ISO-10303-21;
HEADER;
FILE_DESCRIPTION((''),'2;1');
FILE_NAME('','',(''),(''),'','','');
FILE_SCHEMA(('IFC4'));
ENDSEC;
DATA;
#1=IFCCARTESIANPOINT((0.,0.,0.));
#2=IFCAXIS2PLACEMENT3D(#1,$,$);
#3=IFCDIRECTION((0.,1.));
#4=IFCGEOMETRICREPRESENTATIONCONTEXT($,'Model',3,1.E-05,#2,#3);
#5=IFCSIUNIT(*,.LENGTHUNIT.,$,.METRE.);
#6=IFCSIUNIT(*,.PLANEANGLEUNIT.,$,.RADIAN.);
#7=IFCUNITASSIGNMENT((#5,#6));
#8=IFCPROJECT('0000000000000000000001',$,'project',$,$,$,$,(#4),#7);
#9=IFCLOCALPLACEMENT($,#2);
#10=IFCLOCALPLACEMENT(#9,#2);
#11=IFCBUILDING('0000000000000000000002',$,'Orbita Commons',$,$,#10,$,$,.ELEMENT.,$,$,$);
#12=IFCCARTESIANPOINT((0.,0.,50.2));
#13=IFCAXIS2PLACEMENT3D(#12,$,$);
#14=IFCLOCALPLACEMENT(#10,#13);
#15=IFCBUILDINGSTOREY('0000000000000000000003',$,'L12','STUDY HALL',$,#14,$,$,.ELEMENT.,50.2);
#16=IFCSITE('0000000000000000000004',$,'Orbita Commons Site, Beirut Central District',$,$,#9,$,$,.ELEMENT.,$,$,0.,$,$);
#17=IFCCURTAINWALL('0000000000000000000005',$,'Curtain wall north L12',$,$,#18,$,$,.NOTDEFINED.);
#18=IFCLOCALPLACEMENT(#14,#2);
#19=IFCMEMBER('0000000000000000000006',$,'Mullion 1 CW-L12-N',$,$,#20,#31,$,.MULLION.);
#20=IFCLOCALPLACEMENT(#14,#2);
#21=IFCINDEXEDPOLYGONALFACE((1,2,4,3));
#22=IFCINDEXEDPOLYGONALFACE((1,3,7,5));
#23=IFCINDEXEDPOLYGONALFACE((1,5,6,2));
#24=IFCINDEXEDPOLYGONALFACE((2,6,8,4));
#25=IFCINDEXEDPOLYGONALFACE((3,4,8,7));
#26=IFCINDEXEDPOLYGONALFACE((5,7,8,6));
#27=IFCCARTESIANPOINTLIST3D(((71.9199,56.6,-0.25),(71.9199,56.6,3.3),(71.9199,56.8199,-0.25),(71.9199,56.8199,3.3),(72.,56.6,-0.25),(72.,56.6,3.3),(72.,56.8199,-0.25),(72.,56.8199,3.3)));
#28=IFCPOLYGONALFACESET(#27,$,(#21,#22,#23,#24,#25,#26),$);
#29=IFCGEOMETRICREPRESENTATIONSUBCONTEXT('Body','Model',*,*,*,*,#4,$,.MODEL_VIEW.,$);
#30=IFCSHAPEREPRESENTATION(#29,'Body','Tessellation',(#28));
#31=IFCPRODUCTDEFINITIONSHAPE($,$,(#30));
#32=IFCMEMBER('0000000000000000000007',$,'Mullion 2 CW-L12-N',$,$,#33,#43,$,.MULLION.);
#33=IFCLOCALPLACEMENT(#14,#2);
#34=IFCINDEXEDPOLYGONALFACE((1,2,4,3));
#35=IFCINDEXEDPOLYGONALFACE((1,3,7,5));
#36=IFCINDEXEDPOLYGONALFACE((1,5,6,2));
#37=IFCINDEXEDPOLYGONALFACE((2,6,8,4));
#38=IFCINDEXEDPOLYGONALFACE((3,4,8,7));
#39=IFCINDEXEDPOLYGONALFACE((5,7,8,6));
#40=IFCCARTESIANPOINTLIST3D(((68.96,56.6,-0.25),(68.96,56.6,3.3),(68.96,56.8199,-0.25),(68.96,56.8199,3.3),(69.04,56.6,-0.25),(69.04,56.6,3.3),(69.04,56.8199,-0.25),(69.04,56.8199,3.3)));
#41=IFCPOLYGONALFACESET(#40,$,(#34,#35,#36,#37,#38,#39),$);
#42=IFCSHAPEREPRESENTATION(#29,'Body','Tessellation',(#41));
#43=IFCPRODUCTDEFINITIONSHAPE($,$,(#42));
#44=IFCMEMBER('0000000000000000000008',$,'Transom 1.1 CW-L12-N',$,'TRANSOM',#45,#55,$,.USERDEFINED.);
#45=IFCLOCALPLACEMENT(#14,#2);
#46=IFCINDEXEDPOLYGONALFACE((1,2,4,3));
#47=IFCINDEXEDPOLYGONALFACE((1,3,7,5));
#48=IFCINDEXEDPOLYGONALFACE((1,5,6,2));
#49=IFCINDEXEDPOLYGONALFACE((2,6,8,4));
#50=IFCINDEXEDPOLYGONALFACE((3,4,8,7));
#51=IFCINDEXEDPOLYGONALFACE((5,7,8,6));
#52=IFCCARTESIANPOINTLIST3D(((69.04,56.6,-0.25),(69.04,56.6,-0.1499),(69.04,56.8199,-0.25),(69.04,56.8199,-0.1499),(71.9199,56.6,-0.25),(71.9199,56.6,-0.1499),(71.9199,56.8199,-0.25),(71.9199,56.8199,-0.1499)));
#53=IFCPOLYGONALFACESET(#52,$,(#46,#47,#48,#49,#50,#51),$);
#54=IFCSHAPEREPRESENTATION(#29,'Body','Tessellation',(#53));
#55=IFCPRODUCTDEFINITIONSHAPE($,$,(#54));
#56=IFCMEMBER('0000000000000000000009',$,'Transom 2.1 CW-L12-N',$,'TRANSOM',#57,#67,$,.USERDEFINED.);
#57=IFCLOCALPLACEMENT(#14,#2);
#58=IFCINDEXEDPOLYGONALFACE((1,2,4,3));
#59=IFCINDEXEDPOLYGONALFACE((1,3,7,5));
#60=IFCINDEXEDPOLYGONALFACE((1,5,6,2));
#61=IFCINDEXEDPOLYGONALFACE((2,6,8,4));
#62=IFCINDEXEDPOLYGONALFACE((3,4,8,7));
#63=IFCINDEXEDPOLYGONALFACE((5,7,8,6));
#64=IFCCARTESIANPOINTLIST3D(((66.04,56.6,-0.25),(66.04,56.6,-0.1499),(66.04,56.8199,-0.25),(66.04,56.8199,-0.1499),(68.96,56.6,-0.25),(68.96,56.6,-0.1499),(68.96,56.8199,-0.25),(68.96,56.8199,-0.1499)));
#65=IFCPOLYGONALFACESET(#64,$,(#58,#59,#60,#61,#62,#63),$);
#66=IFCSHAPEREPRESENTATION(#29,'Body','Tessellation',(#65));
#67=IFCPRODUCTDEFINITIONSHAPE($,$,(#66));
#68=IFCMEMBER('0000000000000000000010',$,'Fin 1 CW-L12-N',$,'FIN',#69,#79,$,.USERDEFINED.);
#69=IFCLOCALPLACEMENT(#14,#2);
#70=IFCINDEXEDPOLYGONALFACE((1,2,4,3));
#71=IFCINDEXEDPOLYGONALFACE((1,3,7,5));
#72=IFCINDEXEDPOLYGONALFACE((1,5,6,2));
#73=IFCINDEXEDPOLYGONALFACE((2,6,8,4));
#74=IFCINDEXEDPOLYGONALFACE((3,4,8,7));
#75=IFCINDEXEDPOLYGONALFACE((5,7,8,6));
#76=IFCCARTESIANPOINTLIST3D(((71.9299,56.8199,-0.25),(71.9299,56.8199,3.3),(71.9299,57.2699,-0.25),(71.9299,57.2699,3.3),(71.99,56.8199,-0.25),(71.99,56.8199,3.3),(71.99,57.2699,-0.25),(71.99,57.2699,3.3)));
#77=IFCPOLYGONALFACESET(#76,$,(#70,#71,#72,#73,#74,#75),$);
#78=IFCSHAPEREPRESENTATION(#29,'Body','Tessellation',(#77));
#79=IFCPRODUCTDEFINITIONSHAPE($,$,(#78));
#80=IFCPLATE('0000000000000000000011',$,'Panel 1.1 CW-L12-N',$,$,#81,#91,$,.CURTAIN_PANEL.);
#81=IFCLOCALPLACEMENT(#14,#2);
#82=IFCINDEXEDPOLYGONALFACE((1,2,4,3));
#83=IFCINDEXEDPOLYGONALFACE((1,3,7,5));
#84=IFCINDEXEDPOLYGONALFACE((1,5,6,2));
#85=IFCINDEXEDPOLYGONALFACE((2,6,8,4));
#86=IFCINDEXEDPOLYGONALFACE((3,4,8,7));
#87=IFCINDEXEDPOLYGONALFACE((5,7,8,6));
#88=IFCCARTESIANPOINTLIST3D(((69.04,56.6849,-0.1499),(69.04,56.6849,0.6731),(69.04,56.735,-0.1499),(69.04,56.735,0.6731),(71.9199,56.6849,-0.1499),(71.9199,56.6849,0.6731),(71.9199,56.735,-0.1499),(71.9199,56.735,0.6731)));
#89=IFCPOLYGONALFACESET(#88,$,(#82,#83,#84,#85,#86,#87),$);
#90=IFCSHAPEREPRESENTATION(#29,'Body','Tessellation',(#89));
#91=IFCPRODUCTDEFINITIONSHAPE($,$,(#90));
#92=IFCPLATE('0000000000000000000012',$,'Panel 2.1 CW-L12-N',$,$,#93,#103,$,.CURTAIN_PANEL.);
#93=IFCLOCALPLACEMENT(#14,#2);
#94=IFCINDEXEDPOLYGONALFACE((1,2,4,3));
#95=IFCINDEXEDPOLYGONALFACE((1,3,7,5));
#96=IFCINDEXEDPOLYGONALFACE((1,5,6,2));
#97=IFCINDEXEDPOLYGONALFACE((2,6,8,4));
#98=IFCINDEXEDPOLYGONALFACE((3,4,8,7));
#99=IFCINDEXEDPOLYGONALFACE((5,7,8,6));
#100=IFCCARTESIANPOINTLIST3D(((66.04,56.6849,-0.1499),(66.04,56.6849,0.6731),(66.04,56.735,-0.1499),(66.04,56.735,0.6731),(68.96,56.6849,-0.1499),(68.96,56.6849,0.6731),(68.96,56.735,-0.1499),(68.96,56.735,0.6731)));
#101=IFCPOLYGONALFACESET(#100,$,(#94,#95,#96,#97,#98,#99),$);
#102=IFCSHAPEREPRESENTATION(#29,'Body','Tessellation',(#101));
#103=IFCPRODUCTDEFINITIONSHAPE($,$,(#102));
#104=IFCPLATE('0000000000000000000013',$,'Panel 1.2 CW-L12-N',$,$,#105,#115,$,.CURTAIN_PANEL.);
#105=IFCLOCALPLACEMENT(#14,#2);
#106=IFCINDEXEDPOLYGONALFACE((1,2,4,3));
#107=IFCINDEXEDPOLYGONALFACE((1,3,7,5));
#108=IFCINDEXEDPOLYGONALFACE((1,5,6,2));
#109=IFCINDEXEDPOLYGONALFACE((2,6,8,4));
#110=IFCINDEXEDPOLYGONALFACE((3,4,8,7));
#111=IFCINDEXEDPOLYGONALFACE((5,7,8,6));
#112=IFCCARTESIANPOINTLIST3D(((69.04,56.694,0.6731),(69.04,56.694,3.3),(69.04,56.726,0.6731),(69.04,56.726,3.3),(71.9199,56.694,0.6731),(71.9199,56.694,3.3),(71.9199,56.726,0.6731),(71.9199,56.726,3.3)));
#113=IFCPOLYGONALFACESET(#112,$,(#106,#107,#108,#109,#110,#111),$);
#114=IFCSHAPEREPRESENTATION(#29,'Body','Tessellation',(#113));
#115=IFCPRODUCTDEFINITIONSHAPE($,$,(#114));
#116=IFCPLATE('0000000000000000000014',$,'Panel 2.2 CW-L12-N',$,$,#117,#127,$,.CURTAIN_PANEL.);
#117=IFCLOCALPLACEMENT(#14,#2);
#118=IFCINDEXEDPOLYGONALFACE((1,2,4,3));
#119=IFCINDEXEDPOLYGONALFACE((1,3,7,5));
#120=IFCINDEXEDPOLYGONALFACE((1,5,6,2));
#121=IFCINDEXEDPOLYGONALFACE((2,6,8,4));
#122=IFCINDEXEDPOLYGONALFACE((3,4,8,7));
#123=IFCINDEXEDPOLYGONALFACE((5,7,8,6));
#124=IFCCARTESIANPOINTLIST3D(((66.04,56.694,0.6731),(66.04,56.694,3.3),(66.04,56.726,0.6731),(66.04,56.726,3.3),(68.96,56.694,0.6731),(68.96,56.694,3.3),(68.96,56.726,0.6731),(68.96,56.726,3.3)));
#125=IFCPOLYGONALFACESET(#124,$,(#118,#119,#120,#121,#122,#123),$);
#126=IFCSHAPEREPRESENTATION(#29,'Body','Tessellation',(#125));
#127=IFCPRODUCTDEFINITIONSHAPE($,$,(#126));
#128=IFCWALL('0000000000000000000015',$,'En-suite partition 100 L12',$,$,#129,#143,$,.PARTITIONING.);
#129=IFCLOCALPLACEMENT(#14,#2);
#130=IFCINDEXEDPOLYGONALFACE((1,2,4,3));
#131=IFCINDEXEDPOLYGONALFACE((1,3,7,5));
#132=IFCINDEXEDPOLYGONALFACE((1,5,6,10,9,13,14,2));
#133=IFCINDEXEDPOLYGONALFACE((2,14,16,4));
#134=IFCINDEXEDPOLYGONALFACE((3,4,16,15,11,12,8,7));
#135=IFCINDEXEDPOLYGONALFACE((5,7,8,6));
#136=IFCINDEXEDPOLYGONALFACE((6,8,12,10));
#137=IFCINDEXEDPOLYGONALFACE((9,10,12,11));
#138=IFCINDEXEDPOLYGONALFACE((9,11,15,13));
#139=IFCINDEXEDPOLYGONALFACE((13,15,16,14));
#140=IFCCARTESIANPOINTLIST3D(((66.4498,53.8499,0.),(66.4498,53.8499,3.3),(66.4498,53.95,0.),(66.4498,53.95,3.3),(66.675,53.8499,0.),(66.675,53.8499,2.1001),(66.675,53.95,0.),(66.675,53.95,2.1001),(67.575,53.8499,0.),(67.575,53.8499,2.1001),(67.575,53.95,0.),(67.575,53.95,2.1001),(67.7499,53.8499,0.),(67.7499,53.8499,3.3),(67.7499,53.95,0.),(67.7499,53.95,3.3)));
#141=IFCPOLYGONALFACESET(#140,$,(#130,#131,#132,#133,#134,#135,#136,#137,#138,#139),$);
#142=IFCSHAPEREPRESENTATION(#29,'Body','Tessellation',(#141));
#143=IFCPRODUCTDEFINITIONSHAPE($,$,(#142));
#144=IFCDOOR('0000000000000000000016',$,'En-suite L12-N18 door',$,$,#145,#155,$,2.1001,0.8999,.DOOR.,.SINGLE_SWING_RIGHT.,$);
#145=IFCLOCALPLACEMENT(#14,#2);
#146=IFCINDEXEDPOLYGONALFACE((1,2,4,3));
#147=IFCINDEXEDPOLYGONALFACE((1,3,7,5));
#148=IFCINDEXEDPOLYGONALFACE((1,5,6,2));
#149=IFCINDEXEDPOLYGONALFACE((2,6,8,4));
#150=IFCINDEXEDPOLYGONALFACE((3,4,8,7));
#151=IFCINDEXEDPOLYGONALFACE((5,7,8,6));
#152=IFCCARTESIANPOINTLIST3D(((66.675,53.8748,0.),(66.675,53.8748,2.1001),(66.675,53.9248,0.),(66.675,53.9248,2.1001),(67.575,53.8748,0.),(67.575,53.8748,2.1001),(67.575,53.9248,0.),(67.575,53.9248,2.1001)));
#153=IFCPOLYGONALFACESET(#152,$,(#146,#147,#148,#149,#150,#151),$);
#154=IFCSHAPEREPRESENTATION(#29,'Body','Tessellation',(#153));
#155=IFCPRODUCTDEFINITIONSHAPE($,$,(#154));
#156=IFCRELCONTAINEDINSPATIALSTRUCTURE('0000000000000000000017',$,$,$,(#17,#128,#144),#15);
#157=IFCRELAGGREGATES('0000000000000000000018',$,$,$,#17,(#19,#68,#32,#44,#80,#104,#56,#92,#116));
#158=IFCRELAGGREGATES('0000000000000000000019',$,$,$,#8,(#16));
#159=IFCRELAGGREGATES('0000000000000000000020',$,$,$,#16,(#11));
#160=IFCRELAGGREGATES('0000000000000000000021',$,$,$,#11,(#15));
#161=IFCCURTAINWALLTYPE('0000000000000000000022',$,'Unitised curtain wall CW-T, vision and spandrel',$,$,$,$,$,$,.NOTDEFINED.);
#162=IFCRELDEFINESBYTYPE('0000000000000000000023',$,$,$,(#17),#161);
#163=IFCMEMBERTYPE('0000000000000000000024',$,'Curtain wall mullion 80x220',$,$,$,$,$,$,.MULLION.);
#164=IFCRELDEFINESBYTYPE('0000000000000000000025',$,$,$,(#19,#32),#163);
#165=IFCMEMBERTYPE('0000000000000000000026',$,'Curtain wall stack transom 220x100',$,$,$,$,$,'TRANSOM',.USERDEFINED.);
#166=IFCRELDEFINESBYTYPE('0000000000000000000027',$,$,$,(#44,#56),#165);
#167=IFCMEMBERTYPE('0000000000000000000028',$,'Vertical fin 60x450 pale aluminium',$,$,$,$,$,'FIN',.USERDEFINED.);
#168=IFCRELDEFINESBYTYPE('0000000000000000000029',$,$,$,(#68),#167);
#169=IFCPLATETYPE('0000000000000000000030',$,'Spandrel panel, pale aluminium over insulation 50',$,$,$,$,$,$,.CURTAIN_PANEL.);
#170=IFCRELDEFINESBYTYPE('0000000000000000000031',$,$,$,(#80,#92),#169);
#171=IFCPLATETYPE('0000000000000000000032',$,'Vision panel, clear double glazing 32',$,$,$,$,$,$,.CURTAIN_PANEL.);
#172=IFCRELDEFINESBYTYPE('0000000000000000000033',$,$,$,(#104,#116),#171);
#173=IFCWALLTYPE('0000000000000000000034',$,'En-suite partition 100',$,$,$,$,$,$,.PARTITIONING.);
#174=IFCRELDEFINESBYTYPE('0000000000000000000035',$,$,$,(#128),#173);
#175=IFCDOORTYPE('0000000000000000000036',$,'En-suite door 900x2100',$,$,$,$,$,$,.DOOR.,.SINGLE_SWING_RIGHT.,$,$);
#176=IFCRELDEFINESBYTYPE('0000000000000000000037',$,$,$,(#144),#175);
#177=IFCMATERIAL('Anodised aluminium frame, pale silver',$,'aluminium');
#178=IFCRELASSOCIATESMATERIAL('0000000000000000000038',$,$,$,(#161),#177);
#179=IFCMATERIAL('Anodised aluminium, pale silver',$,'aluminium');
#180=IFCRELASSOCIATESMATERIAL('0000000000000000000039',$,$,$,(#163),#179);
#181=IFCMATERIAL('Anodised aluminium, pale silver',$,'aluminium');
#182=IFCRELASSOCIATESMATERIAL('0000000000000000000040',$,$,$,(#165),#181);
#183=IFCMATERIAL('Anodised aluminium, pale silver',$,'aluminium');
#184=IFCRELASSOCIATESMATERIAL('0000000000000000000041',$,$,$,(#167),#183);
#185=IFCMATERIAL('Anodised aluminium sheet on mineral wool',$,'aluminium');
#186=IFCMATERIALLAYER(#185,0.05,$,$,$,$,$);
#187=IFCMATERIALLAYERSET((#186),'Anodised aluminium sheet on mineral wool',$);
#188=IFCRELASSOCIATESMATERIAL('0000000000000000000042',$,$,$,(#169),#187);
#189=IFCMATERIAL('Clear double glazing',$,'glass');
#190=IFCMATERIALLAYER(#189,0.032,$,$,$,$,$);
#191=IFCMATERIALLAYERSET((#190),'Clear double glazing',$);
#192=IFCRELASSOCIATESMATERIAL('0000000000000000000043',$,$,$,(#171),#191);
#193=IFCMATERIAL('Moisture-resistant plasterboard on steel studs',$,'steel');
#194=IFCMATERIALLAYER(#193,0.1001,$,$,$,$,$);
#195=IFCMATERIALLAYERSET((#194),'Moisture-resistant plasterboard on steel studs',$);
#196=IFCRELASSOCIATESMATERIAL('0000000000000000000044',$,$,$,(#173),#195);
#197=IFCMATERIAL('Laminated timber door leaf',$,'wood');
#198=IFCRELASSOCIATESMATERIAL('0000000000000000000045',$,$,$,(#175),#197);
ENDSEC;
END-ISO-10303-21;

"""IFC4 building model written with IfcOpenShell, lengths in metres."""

from ifc_helpers import new_model, si_unit, direction, frame, frame_2d, origin, origin_2d, place, context, subcontext, project, spatial, rectangle, extrude, material, layer, layer_set, material_profile, profile_set, type_object, element, fill, aggregate, save


model = new_model("IFC4")

# Units and contexts
model_context = context("Model", 3, precision=1e-05, world=origin(), true_north=direction((0.0, 1.0)))
body_context = subcontext(model_context, "Body", "Model", "MODEL_VIEW")
ifc_project = project(units=[si_unit("LENGTHUNIT", "METRE"), si_unit("PLANEANGLEUNIT", "RADIAN")], contexts=[model_context])

# Site, building, storey
site_placement = place(None, origin())
site = spatial("IfcSite", under=ifc_project, at=site_placement, Name="Orbita Commons Site, Beirut Central District", CompositionType="ELEMENT", RefElevation=0.0)
building_placement = place(site_placement, origin())
building = spatial("IfcBuilding", under=site, at=building_placement, Name="Orbita Commons", CompositionType="ELEMENT")
storey_placement = place(building_placement, frame((0.0, 0.0, 50.2)))
storey = spatial("IfcBuildingStorey", under=building, at=storey_placement, Name="L12", Description="STUDY HALL", CompositionType="ELEMENT", Elevation=50.2)

# Curtain wall, members, plates
ifc_material_1 = material(Name="Anodised aluminium frame, pale silver", Category="aluminium")
curtain_wall_type = type_object("IfcCurtainWallType", Name="Unitised curtain wall CW-T, vision and spandrel", PredefinedType="NOTDEFINED", material=ifc_material_1)
curtain_wall_placement = place(storey_placement, origin())
curtain_wall = element("IfcCurtainWall", 1, at=curtain_wall_placement, inside=storey, type_object=curtain_wall_type, Name="Curtain wall north L12", PredefinedType="NOTDEFINED")
ifc_material_2 = material(Name="Anodised aluminium, pale silver", Category="aluminium")
ifc_material_profile_1 = material_profile(ifc_material_2, rectangle(XDim=0.0801, YDim=0.22, at=origin_2d()), Name="AL 80x220")
ifc_profile_set_1 = profile_set([ifc_material_profile_1], Name="Anodised aluminium, pale silver")
member_type_1 = type_object("IfcMemberType", Name="Curtain wall mullion 80x220", PredefinedType="MULLION", material=ifc_profile_set_1)
member_1_placement = place(storey_placement, frame((71.96, 56.71, -0.25), z_axis=(0.0, 0.0, 1.0), x_axis=(-1.0, 0.0, 0.0)))
member_1 = element("IfcMember", 2, at=member_1_placement, type_object=member_type_1, Name="Mullion 1 CW-L12-N", PredefinedType="MULLION", context=body_context, shape_type="SweptSolid", body=[
    extrude(rectangle(XDim=0.0801, YDim=0.22, at=origin_2d()), origin(), (0.0, 0.0, 1.0), 3.55),
])
member_2_placement = place(storey_placement, frame((69.0, 56.71, -0.25), z_axis=(0.0, 0.0, 1.0), x_axis=(-1.0, 0.0, 0.0)))
member_2 = element("IfcMember", 3, at=member_2_placement, type_object=member_type_1, Name="Mullion 2 CW-L12-N", PredefinedType="MULLION", context=body_context, shape_type="SweptSolid", body=[
    extrude(rectangle(XDim=0.0801, YDim=0.22, at=origin_2d()), origin(), (0.0, 0.0, 1.0), 3.55),
])
ifc_material_3 = material(Name="Anodised aluminium, pale silver", Category="aluminium")
ifc_material_profile_2 = material_profile(ifc_material_3, rectangle(XDim=0.22, YDim=0.1001, at=origin_2d()), Name="AL 220x100")
ifc_profile_set_2 = profile_set([ifc_material_profile_2], Name="Anodised aluminium, pale silver")
member_type_2 = type_object("IfcMemberType", Name="Curtain wall stack transom 220x100", ElementType="TRANSOM", PredefinedType="USERDEFINED", material=ifc_profile_set_2)
member_3_placement = place(storey_placement, frame((71.9199, 56.71, -0.2), z_axis=(-1.0, 0.0, 0.0), x_axis=(0.0, -1.0, 0.0)))
member_3 = element("IfcMember", 4, at=member_3_placement, type_object=member_type_2, Name="Transom 1.1 CW-L12-N", ObjectType="TRANSOM", PredefinedType="USERDEFINED", context=body_context, shape_type="SweptSolid", body=[
    extrude(rectangle(XDim=0.22, YDim=0.1001, at=origin_2d()), origin(), (0.0, 0.0, 1.0), 2.8799),
])
member_4_placement = place(storey_placement, frame((68.96, 56.71, -0.2), z_axis=(-1.0, 0.0, 0.0), x_axis=(0.0, -1.0, 0.0)))
member_4 = element("IfcMember", 5, at=member_4_placement, type_object=member_type_2, Name="Transom 2.1 CW-L12-N", ObjectType="TRANSOM", PredefinedType="USERDEFINED", context=body_context, shape_type="SweptSolid", body=[
    extrude(rectangle(XDim=0.22, YDim=0.1001, at=origin_2d()), origin(), (0.0, 0.0, 1.0), 2.9199),
])
ifc_material_4 = material(Name="Anodised aluminium, pale silver", Category="aluminium")
ifc_material_profile_3 = material_profile(ifc_material_4, rectangle(XDim=0.0601, YDim=0.45, at=origin_2d()), Name="FIN 60x450")
ifc_profile_set_3 = profile_set([ifc_material_profile_3], Name="Anodised aluminium, pale silver")
member_type_3 = type_object("IfcMemberType", Name="Vertical fin 60x450 pale aluminium", ElementType="FIN", PredefinedType="USERDEFINED", material=ifc_profile_set_3)
member_5_placement = place(storey_placement, frame((71.96, 57.0449, -0.25), z_axis=(0.0, 0.0, 1.0), x_axis=(-1.0, 0.0, 0.0)))
member_5 = element("IfcMember", 6, at=member_5_placement, type_object=member_type_3, Name="Fin 1 CW-L12-N", ObjectType="FIN", PredefinedType="USERDEFINED", context=body_context, shape_type="SweptSolid", body=[
    extrude(rectangle(XDim=0.0601, YDim=0.45, at=origin_2d()), origin(), (0.0, 0.0, 1.0), 3.55),
])
ifc_material_5 = material(Name="Anodised aluminium sheet on mineral wool", Category="aluminium")
ifc_layer_1 = layer(ifc_material_5, 0.05)
ifc_layer_set_1 = layer_set([ifc_layer_1], Name="Anodised aluminium sheet on mineral wool")
plate_type_1 = type_object("IfcPlateType", Name="Spandrel panel, pale aluminium over insulation 50", PredefinedType="CURTAIN_PANEL", material=ifc_layer_set_1)
plate_1_placement = place(storey_placement, frame((70.48, 56.71, -0.1499), z_axis=(0.0, 0.0, 1.0), x_axis=(-1.0, 0.0, 0.0)))
plate_1 = element("IfcPlate", 7, at=plate_1_placement, type_object=plate_type_1, Name="Panel 1.1 CW-L12-N", PredefinedType="CURTAIN_PANEL", context=body_context, shape_type="SweptSolid", body=[
    extrude(rectangle(XDim=2.8799, YDim=0.05, at=origin_2d()), origin(), (0.0, 0.0, 1.0), 0.823),
])
plate_2_placement = place(storey_placement, frame((67.5, 56.71, -0.1499), z_axis=(0.0, 0.0, 1.0), x_axis=(-1.0, 0.0, 0.0)))
plate_2 = element("IfcPlate", 8, at=plate_2_placement, type_object=plate_type_1, Name="Panel 2.1 CW-L12-N", PredefinedType="CURTAIN_PANEL", context=body_context, shape_type="SweptSolid", body=[
    extrude(rectangle(XDim=2.9199, YDim=0.05, at=origin_2d()), origin(), (0.0, 0.0, 1.0), 0.823),
])
ifc_material_6 = material(Name="Clear double glazing", Category="glass")
ifc_layer_2 = layer(ifc_material_6, 0.032)
ifc_layer_set_2 = layer_set([ifc_layer_2], Name="Clear double glazing")
plate_type_2 = type_object("IfcPlateType", Name="Vision panel, clear double glazing 32", PredefinedType="CURTAIN_PANEL", material=ifc_layer_set_2)
plate_3_placement = place(storey_placement, frame((70.48, 56.71, 0.6731), z_axis=(0.0, 0.0, 1.0), x_axis=(-1.0, 0.0, 0.0)))
plate_3 = element("IfcPlate", 9, at=plate_3_placement, type_object=plate_type_2, Name="Panel 1.2 CW-L12-N", PredefinedType="CURTAIN_PANEL", context=body_context, shape_type="SweptSolid", body=[
    extrude(rectangle(XDim=2.8799, YDim=0.032, at=origin_2d()), origin(), (0.0, 0.0, 1.0), 2.627),
])
plate_4_placement = place(storey_placement, frame((67.5, 56.71, 0.6731), z_axis=(0.0, 0.0, 1.0), x_axis=(-1.0, 0.0, 0.0)))
plate_4 = element("IfcPlate", 10, at=plate_4_placement, type_object=plate_type_2, Name="Panel 2.2 CW-L12-N", PredefinedType="CURTAIN_PANEL", context=body_context, shape_type="SweptSolid", body=[
    extrude(rectangle(XDim=2.9199, YDim=0.032, at=origin_2d()), origin(), (0.0, 0.0, 1.0), 2.627),
])
aggregate(curtain_wall, [member_1, member_5, member_2, member_3, plate_1, plate_3, member_4, plate_2, plate_4])

# Wall, opening, door
ifc_material_7 = material(Name="Moisture-resistant plasterboard on steel studs", Category="steel")
ifc_layer_3 = layer(ifc_material_7, 0.1001)
ifc_layer_set_3 = layer_set([ifc_layer_3], Name="Moisture-resistant plasterboard on steel studs")
wall_type_1 = type_object("IfcWallType", Name="En-suite partition 100", PredefinedType="PARTITIONING", material=ifc_layer_set_3)
wall_1_placement = place(storey_placement, frame((66.45, 53.8999, 0.0), z_axis=(0.0, 0.0, 1.0), x_axis=(1.0, 0.0, 0.0)))
wall_1 = element("IfcWall", 11, at=wall_1_placement, inside=storey, type_object=wall_type_1, Name="En-suite partition 100 L12", PredefinedType="PARTITIONING", context=body_context, shape_type="SweptSolid", body=[
    extrude(rectangle(XDim=1.3, YDim=0.1001, at=frame_2d((0.6499, 0.0))), origin(), (0.0, 0.0, 1.0), 3.3),
])
opening_1_placement = place(wall_1_placement, frame((0.2251, 0.0, 0.0)))
opening_1 = element("IfcOpeningElement", 12, at=opening_1_placement, cuts=wall_1, PredefinedType="OPENING", context=body_context, shape_type="SweptSolid", body=[
    extrude(rectangle(XDim=0.8999, YDim=2.1001, at=frame_2d((0.45, 1.05))), frame((0.0, 0.0601, 0.0), z_axis=(0.0, -1.0, 0.0), x_axis=(1.0, 0.0, 0.0)), (0.0, 0.0, 1.0), 0.1201),
])
ifc_material_8 = material(Name="Laminated timber door leaf", Category="wood")
door_type = type_object("IfcDoorType", Name="En-suite door 900x2100", OperationType="SINGLE_SWING_RIGHT", PredefinedType="DOOR", material=ifc_material_8)
door_1_placement = place(opening_1_placement, origin())
door_1 = element("IfcDoor", 13, at=door_1_placement, inside=storey, type_object=door_type, Name="En-suite L12-N18 door", OperationType="SINGLE_SWING_RIGHT", OverallHeight=2.1001, OverallWidth=0.8999, PredefinedType="DOOR", context=body_context, shape_type="SweptSolid", body=[
    extrude(rectangle(XDim=0.8999, YDim=2.1001, at=frame_2d((0.45, 1.05))), frame((0.0, 0.0249, 0.0), z_axis=(0.0, -1.0, 0.0), x_axis=(1.0, 0.0, 0.0)), (0.0, 0.0, 1.0), 0.05),
])
fill(opening_1, door_1)

save(model, "model.ifc")
